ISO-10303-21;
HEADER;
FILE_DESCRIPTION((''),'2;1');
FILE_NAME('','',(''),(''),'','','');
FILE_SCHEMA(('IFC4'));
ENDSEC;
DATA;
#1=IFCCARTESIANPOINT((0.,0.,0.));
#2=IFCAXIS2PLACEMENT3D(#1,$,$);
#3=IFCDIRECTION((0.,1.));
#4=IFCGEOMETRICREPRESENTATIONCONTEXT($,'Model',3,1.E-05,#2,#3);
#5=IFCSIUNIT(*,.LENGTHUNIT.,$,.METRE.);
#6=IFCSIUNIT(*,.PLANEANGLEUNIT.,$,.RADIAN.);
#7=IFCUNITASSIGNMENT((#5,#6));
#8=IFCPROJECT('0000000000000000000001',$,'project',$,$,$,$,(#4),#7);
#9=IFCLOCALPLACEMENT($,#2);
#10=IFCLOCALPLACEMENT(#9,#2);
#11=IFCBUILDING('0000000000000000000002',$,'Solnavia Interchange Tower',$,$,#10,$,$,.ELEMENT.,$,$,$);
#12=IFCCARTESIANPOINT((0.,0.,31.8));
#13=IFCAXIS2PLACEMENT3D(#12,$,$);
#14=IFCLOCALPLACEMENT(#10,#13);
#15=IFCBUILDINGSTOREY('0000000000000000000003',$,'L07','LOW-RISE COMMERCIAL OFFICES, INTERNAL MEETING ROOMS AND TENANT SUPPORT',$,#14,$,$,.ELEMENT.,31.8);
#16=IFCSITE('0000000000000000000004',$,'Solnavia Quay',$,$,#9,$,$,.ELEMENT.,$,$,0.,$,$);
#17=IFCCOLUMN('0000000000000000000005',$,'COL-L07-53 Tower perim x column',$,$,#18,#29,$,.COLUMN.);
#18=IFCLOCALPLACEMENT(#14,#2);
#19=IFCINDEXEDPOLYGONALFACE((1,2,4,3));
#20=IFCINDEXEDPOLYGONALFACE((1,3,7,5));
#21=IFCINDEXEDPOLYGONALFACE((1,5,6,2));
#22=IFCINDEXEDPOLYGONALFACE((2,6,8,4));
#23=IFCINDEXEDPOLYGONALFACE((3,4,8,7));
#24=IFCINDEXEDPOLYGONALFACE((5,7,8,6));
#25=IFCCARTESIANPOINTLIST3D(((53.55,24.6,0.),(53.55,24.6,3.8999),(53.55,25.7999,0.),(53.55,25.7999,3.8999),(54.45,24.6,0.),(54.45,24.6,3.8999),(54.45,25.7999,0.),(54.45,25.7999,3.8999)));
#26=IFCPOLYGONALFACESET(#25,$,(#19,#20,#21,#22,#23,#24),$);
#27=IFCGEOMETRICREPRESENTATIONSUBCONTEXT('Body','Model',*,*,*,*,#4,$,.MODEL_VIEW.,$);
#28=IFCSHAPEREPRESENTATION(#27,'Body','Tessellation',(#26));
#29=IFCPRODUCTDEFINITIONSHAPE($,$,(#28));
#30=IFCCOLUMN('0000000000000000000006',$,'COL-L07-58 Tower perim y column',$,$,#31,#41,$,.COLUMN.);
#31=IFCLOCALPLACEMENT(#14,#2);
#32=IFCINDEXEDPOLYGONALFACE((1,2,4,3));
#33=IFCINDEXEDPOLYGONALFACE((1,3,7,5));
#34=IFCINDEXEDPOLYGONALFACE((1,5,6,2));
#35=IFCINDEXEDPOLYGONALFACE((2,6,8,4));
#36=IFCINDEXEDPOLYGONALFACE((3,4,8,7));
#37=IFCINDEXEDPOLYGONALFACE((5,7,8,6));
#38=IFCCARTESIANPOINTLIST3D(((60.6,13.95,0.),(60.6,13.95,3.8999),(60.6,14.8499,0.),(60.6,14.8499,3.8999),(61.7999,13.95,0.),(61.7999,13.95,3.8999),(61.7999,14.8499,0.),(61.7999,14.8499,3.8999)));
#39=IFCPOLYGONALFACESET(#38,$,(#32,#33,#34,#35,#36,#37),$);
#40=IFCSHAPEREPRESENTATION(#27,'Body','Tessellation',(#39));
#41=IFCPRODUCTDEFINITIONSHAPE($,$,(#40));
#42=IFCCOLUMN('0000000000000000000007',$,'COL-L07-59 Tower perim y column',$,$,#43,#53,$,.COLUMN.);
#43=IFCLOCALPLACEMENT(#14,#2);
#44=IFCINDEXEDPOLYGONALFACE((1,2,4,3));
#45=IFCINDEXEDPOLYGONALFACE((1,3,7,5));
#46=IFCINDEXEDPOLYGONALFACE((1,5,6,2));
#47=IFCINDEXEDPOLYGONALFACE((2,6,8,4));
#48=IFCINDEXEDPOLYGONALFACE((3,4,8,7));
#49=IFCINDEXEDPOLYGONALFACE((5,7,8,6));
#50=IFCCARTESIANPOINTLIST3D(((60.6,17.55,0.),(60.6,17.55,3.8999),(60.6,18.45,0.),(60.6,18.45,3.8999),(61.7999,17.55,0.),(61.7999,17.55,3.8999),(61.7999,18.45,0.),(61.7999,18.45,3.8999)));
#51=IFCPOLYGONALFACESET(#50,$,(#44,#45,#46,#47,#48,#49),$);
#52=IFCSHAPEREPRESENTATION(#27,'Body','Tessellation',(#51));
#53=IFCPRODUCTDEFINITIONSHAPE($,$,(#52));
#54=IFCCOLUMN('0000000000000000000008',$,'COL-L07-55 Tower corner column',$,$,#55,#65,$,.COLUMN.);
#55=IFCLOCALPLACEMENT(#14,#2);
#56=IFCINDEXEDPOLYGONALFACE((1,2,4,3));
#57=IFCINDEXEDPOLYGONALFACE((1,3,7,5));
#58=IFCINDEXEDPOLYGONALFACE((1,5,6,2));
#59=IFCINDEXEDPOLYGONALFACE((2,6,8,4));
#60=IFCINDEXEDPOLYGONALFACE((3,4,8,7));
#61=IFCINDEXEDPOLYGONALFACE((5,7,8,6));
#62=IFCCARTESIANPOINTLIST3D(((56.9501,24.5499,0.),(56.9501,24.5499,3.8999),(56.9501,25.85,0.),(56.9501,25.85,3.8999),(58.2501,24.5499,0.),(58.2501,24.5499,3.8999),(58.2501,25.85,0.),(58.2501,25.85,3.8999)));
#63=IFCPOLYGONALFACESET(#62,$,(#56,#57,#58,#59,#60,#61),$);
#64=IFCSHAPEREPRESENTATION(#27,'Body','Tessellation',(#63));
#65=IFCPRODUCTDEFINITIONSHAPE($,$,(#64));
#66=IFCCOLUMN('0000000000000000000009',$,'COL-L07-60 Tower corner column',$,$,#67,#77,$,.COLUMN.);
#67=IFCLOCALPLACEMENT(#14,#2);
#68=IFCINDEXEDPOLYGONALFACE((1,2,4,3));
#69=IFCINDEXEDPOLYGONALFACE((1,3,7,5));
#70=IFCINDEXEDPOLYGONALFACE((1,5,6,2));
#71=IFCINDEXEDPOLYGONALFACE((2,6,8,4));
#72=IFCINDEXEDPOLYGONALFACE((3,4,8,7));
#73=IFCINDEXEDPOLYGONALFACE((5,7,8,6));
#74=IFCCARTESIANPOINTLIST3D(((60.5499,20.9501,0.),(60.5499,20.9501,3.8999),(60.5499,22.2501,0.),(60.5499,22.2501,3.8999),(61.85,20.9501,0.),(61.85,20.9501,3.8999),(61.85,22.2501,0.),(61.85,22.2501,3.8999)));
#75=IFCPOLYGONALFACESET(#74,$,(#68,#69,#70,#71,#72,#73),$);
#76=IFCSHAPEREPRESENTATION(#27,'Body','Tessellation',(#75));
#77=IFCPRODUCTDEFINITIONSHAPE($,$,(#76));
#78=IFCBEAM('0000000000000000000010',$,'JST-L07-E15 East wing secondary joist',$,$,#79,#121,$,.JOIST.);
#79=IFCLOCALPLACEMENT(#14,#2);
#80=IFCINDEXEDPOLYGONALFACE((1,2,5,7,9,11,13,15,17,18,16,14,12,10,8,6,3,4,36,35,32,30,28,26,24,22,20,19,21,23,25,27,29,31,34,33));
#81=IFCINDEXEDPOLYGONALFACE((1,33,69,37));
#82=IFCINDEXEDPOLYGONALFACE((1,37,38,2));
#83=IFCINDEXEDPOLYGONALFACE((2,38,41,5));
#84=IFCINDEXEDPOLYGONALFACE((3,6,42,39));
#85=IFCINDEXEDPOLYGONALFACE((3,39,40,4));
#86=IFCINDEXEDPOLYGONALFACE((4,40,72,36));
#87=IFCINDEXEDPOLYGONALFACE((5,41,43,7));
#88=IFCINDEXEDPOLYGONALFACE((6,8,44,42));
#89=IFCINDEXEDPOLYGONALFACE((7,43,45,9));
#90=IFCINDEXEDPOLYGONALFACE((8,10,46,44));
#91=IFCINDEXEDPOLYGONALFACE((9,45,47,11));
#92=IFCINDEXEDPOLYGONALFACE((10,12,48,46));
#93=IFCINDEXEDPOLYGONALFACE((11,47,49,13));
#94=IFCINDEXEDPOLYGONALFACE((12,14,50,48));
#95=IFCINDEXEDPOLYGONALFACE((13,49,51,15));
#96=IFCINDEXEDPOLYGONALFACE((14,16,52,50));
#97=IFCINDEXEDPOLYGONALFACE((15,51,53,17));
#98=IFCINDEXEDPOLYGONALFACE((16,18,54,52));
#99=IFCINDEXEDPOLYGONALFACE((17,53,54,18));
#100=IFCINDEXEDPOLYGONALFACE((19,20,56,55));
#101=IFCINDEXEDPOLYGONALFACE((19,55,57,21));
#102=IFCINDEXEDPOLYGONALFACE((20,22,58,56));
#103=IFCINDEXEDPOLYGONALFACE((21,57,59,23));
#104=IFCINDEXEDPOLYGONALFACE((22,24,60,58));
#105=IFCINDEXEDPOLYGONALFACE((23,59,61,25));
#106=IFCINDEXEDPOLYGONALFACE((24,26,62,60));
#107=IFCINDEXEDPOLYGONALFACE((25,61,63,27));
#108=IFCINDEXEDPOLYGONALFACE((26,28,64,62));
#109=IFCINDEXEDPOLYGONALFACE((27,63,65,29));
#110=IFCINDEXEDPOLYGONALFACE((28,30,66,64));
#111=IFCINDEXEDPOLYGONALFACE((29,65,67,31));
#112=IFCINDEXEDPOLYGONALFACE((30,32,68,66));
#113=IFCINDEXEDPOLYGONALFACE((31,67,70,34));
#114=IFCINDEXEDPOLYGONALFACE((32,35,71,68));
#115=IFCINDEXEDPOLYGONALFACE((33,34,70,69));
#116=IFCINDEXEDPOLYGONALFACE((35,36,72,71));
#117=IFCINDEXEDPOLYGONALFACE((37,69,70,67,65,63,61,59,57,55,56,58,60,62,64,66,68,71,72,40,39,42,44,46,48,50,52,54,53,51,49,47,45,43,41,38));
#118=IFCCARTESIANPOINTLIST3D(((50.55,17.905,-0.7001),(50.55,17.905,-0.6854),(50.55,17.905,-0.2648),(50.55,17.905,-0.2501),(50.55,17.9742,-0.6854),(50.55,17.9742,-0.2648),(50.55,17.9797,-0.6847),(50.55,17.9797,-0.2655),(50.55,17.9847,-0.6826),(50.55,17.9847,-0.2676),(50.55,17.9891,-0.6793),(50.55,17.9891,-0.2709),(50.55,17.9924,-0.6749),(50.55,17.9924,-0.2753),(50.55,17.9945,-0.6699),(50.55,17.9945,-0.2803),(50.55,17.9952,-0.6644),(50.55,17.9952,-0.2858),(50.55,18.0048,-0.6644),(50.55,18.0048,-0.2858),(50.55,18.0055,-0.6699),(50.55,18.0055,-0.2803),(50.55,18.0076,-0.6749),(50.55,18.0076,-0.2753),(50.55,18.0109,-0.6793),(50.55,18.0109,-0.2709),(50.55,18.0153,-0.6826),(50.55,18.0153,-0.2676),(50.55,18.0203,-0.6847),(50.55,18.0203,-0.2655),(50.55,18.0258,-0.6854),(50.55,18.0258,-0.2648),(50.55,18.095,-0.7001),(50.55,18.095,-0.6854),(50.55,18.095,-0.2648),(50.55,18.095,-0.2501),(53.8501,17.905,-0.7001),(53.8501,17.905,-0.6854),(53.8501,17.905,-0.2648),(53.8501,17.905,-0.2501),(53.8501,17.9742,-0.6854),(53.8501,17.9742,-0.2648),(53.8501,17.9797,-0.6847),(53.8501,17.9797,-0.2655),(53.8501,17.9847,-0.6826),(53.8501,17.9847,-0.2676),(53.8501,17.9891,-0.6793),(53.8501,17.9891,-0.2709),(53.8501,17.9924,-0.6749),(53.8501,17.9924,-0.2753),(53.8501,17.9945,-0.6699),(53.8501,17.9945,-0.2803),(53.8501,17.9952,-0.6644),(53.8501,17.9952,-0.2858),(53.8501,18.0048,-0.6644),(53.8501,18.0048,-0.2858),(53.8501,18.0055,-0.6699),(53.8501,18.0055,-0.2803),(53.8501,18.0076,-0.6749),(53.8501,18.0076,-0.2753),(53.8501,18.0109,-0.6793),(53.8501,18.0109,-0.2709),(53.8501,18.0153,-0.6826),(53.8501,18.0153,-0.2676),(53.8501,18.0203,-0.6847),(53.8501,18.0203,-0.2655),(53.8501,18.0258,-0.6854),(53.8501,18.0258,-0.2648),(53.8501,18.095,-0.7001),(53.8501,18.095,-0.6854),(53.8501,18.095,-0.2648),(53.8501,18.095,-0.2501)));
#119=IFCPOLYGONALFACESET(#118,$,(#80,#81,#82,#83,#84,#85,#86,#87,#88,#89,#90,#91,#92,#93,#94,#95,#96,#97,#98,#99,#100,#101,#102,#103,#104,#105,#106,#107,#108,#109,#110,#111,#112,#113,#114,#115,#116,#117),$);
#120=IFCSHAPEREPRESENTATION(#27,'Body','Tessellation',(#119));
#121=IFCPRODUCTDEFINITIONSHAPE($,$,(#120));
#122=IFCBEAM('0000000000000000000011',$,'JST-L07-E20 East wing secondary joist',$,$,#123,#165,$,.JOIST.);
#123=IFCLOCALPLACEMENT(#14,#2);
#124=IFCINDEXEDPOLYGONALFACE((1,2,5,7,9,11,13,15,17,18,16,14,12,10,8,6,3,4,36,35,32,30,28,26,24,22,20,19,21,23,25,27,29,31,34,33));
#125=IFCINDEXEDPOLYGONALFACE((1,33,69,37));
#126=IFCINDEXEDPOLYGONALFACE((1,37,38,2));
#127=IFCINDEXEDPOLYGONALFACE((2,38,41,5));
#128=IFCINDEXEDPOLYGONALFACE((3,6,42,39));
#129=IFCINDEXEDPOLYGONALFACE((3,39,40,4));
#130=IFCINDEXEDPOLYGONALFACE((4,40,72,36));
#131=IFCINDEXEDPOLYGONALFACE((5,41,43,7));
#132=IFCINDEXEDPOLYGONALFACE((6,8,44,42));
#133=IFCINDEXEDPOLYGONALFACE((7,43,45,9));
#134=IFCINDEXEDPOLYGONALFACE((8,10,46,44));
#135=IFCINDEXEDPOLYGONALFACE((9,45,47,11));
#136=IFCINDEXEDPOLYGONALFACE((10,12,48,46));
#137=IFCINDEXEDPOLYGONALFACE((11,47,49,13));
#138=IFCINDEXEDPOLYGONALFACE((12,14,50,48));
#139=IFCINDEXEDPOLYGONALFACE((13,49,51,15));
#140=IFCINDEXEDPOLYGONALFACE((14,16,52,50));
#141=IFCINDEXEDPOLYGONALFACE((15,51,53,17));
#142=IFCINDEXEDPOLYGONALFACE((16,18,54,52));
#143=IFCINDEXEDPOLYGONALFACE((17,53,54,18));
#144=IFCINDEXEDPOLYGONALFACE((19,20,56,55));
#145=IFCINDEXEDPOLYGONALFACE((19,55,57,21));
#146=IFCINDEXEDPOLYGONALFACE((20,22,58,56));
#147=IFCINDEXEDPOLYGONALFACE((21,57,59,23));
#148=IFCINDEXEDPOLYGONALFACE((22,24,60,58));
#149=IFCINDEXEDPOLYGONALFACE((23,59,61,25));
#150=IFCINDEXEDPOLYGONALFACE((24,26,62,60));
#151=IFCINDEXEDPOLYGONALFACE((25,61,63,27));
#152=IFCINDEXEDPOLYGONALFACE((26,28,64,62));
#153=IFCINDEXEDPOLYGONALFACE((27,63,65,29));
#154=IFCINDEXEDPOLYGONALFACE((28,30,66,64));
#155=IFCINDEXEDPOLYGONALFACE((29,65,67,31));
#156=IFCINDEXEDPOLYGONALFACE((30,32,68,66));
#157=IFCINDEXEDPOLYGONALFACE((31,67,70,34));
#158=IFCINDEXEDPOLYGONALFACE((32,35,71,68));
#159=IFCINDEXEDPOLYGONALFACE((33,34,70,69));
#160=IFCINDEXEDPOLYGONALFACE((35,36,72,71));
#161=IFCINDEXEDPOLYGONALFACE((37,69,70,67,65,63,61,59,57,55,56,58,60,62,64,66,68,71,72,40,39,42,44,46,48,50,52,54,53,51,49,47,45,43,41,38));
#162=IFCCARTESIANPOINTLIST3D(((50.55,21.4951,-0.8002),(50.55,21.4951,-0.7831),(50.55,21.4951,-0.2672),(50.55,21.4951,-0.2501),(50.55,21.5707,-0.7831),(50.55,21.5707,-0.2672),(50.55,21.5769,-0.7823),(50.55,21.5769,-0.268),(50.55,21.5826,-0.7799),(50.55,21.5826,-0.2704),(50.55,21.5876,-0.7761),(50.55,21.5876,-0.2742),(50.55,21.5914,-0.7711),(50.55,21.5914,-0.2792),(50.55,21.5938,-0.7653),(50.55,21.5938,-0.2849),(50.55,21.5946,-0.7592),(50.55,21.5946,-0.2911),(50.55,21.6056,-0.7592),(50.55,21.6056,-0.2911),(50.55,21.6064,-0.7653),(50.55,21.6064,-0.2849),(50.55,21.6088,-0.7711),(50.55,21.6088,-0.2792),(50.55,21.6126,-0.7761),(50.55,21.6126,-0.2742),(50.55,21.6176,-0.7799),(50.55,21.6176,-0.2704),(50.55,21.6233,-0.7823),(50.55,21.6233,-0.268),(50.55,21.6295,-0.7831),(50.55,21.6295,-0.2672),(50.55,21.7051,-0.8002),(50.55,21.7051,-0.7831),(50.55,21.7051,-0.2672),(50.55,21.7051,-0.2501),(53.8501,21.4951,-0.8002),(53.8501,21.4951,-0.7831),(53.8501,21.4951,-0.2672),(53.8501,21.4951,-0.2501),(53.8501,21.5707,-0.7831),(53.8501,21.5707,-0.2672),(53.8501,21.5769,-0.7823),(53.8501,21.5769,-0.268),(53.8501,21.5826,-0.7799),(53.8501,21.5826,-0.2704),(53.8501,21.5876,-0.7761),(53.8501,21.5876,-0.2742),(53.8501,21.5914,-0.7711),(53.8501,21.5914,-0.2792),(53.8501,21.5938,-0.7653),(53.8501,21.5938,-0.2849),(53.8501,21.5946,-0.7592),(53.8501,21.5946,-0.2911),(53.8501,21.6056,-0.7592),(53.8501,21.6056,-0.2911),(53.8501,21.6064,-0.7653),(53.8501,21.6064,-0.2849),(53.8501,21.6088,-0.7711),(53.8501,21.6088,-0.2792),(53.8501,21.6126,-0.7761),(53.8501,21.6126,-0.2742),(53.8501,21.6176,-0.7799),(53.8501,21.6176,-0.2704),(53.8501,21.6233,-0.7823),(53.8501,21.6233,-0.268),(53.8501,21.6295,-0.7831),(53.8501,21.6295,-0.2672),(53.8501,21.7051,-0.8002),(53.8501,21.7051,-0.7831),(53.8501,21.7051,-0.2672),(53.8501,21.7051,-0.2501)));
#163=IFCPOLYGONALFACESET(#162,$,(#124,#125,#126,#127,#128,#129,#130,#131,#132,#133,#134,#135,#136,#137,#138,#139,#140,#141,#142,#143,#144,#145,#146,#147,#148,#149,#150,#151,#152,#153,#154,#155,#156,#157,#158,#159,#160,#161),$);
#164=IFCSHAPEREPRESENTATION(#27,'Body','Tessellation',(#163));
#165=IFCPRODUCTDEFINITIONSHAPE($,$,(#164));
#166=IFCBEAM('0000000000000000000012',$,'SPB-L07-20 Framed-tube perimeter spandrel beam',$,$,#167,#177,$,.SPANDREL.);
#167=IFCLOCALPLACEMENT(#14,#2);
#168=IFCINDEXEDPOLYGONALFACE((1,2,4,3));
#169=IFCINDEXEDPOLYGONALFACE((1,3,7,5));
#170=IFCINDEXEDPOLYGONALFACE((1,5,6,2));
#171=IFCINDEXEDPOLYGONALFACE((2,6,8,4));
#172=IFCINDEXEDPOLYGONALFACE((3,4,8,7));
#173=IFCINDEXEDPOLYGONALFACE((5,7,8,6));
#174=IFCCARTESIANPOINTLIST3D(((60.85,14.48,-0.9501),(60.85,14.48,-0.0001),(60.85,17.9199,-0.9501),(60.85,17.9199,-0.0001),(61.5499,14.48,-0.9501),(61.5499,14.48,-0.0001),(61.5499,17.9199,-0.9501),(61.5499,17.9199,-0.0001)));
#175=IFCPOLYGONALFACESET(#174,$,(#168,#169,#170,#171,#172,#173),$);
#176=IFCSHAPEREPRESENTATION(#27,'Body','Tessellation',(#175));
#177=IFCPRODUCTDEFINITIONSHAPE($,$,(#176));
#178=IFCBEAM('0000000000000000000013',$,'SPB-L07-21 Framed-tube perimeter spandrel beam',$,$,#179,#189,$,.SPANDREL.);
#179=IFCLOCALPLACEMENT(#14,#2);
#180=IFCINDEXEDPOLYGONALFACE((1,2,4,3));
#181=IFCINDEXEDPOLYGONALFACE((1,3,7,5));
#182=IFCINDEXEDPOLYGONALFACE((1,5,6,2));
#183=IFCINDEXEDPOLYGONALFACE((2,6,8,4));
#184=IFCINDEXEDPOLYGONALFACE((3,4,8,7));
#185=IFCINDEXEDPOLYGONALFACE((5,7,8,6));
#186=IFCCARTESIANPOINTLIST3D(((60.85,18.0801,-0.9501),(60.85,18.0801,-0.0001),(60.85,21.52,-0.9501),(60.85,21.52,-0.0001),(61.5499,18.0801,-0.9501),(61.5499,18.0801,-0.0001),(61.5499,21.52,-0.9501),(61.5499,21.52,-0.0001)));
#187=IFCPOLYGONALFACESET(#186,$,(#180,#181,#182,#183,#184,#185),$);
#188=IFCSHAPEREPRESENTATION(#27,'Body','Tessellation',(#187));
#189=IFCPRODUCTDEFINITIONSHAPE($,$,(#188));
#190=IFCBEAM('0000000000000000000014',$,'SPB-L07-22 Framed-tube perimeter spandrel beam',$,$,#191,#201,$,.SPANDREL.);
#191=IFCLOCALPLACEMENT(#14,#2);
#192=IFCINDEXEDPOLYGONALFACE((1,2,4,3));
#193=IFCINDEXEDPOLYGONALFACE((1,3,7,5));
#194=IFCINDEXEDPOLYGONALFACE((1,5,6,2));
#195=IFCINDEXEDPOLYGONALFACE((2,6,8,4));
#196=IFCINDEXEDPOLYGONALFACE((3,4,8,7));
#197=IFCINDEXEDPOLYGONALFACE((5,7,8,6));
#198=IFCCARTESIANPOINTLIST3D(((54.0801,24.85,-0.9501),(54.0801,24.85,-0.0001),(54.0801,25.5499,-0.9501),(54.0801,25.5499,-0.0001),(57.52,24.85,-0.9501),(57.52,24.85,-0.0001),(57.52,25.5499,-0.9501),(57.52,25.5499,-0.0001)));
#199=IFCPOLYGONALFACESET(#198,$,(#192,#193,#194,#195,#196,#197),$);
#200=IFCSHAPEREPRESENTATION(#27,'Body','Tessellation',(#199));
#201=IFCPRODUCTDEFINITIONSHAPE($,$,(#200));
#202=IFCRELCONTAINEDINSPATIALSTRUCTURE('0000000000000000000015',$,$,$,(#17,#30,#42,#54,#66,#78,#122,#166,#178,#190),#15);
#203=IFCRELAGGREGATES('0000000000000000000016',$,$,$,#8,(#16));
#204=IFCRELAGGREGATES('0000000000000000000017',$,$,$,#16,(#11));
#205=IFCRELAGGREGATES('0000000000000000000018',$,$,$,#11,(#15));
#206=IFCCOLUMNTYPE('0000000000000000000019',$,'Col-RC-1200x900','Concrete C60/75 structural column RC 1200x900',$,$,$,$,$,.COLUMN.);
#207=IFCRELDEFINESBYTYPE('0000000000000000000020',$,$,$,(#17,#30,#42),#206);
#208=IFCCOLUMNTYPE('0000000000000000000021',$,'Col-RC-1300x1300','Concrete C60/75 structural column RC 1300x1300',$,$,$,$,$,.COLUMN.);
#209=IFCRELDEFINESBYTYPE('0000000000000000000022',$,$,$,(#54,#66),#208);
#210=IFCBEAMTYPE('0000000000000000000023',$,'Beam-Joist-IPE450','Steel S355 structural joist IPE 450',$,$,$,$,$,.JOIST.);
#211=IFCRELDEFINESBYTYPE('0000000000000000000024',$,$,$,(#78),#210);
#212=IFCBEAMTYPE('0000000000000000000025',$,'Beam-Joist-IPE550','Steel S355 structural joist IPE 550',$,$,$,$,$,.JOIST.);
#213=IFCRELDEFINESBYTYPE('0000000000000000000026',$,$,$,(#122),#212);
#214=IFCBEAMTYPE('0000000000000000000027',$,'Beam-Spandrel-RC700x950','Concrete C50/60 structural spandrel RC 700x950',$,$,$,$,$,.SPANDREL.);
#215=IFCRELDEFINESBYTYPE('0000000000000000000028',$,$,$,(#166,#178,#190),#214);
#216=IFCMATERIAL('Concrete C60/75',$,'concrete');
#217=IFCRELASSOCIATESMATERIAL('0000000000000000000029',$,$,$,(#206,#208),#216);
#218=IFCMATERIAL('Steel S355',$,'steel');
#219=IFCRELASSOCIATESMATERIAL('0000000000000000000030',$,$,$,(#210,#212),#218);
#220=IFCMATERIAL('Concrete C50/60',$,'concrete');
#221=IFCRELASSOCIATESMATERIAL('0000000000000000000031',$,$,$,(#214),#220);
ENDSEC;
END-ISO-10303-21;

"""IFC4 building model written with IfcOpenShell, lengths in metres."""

from ifc_helpers import new_model, si_unit, direction, frame, origin, origin_2d, place, context, subcontext, project, spatial, rectangle, i_section, extrude, material, material_profile, profile_set, type_object, element, save


model = new_model("IFC4")

# Units and contexts
model_context = context("Model", 3, precision=1e-05, world=origin(), true_north=direction((0.0, 1.0)))
body_context = subcontext(model_context, "Body", "Model", "MODEL_VIEW")
ifc_project = project(units=[si_unit("LENGTHUNIT", "METRE"), si_unit("PLANEANGLEUNIT", "RADIAN")], contexts=[model_context])

# Site, building, storey
site_placement = place(None, origin())
site = spatial("IfcSite", under=ifc_project, at=site_placement, Name="Solnavia Quay", CompositionType="ELEMENT", RefElevation=0.0)
building_placement = place(site_placement, origin())
building = spatial("IfcBuilding", under=site, at=building_placement, Name="Solnavia Interchange Tower", CompositionType="ELEMENT")
storey_placement = place(building_placement, frame((0.0, 0.0, 31.8)))
storey = spatial("IfcBuildingStorey", under=building, at=storey_placement, Name="L07", Description="LOW-RISE COMMERCIAL OFFICES, INTERNAL MEETING ROOMS AND TENANT SUPPORT", CompositionType="ELEMENT", Elevation=31.8)

# Columns
ifc_material_1 = material(Name="Concrete C60/75", Category="concrete")
ifc_material_profile_1 = material_profile(ifc_material_1, rectangle(XDim=0.8999, YDim=1.2, at=origin_2d()), Name="RC 1200x900")
ifc_profile_set_1 = profile_set([ifc_material_profile_1], Name="Concrete C60/75")
column_type_1 = type_object("IfcColumnType", Name="Col-RC-1200x900", Description="Concrete C60/75 structural column RC 1200x900", PredefinedType="COLUMN", material=ifc_profile_set_1)
for number, where, z_axis, x_axis, name in (
    (1, (54.0, 25.2, 0.0), (0.0, 0.0, 1.0), (1.0, 0.0, 0.0), "COL-L07-53 Tower perim x column"),
    (2, (61.2, 14.3999, 0.0), (0.0, 0.0, 1.0), (0.0, 1.0, 0.0), "COL-L07-58 Tower perim y column"),
    (3, (61.2, 18.0, 0.0), (0.0, 0.0, 1.0), (0.0, 1.0, 0.0), "COL-L07-59 Tower perim y column"),
):
    element("IfcColumn", number, at=place(storey_placement, frame(where, z_axis=z_axis, x_axis=x_axis)), inside=storey, type_object=column_type_1, Name=name, PredefinedType="COLUMN", context=body_context, shape_type="SweptSolid", body=[
        extrude(rectangle(XDim=0.8999, YDim=1.2, at=origin_2d()), origin(), (0.0, 0.0, 1.0), 3.8999),
    ])
ifc_material_profile_2 = material_profile(ifc_material_1, rectangle(XDim=1.3, YDim=1.3, at=origin_2d()), Name="RC 1300x1300")
ifc_profile_set_2 = profile_set([ifc_material_profile_2], Name="Concrete C60/75")
column_type_2 = type_object("IfcColumnType", Name="Col-RC-1300x1300", Description="Concrete C60/75 structural column RC 1300x1300", PredefinedType="COLUMN", material=ifc_profile_set_2)
for number, where, z_axis, x_axis, name in (
    (4, (57.6001, 25.2, 0.0), (0.0, 0.0, 1.0), (1.0, 0.0, 0.0), "COL-L07-55 Tower corner column"),
    (5, (61.2, 21.6001, 0.0), (0.0, 0.0, 1.0), (0.0, 1.0, 0.0), "COL-L07-60 Tower corner column"),
):
    element("IfcColumn", number, at=place(storey_placement, frame(where, z_axis=z_axis, x_axis=x_axis)), inside=storey, type_object=column_type_2, Name=name, PredefinedType="COLUMN", context=body_context, shape_type="SweptSolid", body=[
        extrude(rectangle(XDim=1.3, YDim=1.3, at=origin_2d()), origin(), (0.0, 0.0, 1.0), 3.8999),
    ])

# Beams
ifc_material_2 = material(Name="Steel S355", Category="steel")
ifc_material_profile_3 = material_profile(ifc_material_2, i_section(OverallWidth=0.1899, OverallDepth=0.45, WebThickness=0.0095, FlangeThickness=0.0146, FilletRadius=0.021, at=origin_2d()), Name="IPE 450")
ifc_profile_set_3 = profile_set([ifc_material_profile_3], Name="Steel S355")
beam_type_1 = type_object("IfcBeamType", Name="Beam-Joist-IPE450", Description="Steel S355 structural joist IPE 450", PredefinedType="JOIST", material=ifc_profile_set_3)
beam_1_placement = place(storey_placement, frame((50.55, 18.0, -0.4751), z_axis=(1.0, 0.0, 0.0), x_axis=(0.0, 1.0, 0.0)))
element("IfcBeam", 6, at=beam_1_placement, inside=storey, type_object=beam_type_1, Name="JST-L07-E15 East wing secondary joist", PredefinedType="JOIST", context=body_context, shape_type="SweptSolid", body=[
    extrude(i_section(OverallWidth=0.1899, OverallDepth=0.45, WebThickness=0.0095, FlangeThickness=0.0146, FilletRadius=0.021, at=origin_2d()), origin(), (0.0, 0.0, 1.0), 3.3),
])
ifc_material_profile_4 = material_profile(ifc_material_2, i_section(OverallWidth=0.21, OverallDepth=0.55, WebThickness=0.011, FlangeThickness=0.0171, FilletRadius=0.0239, at=origin_2d()), Name="IPE 550")
ifc_profile_set_4 = profile_set([ifc_material_profile_4], Name="Steel S355")
beam_type_2 = type_object("IfcBeamType", Name="Beam-Joist-IPE550", Description="Steel S355 structural joist IPE 550", PredefinedType="JOIST", material=ifc_profile_set_4)
beam_2_placement = place(storey_placement, frame((50.55, 21.6001, -0.5251), z_axis=(1.0, 0.0, 0.0), x_axis=(0.0, 1.0, 0.0)))
element("IfcBeam", 7, at=beam_2_placement, inside=storey, type_object=beam_type_2, Name="JST-L07-E20 East wing secondary joist", PredefinedType="JOIST", context=body_context, shape_type="SweptSolid", body=[
    extrude(i_section(OverallWidth=0.21, OverallDepth=0.55, WebThickness=0.011, FlangeThickness=0.0171, FilletRadius=0.0239, at=origin_2d()), origin(), (0.0, 0.0, 1.0), 3.3),
])
ifc_material_3 = material(Name="Concrete C50/60", Category="concrete")
ifc_material_profile_5 = material_profile(ifc_material_3, rectangle(XDim=0.7, YDim=0.95, at=origin_2d()), Name="RC 700x950")
ifc_profile_set_5 = profile_set([ifc_material_profile_5], Name="Concrete C50/60")
beam_type_3 = type_object("IfcBeamType", Name="Beam-Spandrel-RC700x950", Description="Concrete C50/60 structural spandrel RC 700x950", PredefinedType="SPANDREL", material=ifc_profile_set_5)
for number, where, z_axis, x_axis, name in (
    (8, (61.2, 14.48, -0.4751), (0.0, 1.0, 0.0), (-1.0, 0.0, 0.0), "SPB-L07-20 Framed-tube perimeter spandrel beam"),
    (9, (61.2, 18.0801, -0.4751), (0.0, 1.0, 0.0), (-1.0, 0.0, 0.0), "SPB-L07-21 Framed-tube perimeter spandrel beam"),
    (10, (57.52, 25.2, -0.4751), (-1.0, 0.0, 0.0), (0.0, -1.0, 0.0), "SPB-L07-22 Framed-tube perimeter spandrel beam"),
):
    element("IfcBeam", number, at=place(storey_placement, frame(where, z_axis=z_axis, x_axis=x_axis)), inside=storey, type_object=beam_type_3, Name=name, PredefinedType="SPANDREL", context=body_context, shape_type="SweptSolid", body=[
        extrude(rectangle(XDim=0.7, YDim=0.95, at=origin_2d()), origin(), (0.0, 0.0, 1.0), 3.4399),
    ])

save(model, "model.ifc")
